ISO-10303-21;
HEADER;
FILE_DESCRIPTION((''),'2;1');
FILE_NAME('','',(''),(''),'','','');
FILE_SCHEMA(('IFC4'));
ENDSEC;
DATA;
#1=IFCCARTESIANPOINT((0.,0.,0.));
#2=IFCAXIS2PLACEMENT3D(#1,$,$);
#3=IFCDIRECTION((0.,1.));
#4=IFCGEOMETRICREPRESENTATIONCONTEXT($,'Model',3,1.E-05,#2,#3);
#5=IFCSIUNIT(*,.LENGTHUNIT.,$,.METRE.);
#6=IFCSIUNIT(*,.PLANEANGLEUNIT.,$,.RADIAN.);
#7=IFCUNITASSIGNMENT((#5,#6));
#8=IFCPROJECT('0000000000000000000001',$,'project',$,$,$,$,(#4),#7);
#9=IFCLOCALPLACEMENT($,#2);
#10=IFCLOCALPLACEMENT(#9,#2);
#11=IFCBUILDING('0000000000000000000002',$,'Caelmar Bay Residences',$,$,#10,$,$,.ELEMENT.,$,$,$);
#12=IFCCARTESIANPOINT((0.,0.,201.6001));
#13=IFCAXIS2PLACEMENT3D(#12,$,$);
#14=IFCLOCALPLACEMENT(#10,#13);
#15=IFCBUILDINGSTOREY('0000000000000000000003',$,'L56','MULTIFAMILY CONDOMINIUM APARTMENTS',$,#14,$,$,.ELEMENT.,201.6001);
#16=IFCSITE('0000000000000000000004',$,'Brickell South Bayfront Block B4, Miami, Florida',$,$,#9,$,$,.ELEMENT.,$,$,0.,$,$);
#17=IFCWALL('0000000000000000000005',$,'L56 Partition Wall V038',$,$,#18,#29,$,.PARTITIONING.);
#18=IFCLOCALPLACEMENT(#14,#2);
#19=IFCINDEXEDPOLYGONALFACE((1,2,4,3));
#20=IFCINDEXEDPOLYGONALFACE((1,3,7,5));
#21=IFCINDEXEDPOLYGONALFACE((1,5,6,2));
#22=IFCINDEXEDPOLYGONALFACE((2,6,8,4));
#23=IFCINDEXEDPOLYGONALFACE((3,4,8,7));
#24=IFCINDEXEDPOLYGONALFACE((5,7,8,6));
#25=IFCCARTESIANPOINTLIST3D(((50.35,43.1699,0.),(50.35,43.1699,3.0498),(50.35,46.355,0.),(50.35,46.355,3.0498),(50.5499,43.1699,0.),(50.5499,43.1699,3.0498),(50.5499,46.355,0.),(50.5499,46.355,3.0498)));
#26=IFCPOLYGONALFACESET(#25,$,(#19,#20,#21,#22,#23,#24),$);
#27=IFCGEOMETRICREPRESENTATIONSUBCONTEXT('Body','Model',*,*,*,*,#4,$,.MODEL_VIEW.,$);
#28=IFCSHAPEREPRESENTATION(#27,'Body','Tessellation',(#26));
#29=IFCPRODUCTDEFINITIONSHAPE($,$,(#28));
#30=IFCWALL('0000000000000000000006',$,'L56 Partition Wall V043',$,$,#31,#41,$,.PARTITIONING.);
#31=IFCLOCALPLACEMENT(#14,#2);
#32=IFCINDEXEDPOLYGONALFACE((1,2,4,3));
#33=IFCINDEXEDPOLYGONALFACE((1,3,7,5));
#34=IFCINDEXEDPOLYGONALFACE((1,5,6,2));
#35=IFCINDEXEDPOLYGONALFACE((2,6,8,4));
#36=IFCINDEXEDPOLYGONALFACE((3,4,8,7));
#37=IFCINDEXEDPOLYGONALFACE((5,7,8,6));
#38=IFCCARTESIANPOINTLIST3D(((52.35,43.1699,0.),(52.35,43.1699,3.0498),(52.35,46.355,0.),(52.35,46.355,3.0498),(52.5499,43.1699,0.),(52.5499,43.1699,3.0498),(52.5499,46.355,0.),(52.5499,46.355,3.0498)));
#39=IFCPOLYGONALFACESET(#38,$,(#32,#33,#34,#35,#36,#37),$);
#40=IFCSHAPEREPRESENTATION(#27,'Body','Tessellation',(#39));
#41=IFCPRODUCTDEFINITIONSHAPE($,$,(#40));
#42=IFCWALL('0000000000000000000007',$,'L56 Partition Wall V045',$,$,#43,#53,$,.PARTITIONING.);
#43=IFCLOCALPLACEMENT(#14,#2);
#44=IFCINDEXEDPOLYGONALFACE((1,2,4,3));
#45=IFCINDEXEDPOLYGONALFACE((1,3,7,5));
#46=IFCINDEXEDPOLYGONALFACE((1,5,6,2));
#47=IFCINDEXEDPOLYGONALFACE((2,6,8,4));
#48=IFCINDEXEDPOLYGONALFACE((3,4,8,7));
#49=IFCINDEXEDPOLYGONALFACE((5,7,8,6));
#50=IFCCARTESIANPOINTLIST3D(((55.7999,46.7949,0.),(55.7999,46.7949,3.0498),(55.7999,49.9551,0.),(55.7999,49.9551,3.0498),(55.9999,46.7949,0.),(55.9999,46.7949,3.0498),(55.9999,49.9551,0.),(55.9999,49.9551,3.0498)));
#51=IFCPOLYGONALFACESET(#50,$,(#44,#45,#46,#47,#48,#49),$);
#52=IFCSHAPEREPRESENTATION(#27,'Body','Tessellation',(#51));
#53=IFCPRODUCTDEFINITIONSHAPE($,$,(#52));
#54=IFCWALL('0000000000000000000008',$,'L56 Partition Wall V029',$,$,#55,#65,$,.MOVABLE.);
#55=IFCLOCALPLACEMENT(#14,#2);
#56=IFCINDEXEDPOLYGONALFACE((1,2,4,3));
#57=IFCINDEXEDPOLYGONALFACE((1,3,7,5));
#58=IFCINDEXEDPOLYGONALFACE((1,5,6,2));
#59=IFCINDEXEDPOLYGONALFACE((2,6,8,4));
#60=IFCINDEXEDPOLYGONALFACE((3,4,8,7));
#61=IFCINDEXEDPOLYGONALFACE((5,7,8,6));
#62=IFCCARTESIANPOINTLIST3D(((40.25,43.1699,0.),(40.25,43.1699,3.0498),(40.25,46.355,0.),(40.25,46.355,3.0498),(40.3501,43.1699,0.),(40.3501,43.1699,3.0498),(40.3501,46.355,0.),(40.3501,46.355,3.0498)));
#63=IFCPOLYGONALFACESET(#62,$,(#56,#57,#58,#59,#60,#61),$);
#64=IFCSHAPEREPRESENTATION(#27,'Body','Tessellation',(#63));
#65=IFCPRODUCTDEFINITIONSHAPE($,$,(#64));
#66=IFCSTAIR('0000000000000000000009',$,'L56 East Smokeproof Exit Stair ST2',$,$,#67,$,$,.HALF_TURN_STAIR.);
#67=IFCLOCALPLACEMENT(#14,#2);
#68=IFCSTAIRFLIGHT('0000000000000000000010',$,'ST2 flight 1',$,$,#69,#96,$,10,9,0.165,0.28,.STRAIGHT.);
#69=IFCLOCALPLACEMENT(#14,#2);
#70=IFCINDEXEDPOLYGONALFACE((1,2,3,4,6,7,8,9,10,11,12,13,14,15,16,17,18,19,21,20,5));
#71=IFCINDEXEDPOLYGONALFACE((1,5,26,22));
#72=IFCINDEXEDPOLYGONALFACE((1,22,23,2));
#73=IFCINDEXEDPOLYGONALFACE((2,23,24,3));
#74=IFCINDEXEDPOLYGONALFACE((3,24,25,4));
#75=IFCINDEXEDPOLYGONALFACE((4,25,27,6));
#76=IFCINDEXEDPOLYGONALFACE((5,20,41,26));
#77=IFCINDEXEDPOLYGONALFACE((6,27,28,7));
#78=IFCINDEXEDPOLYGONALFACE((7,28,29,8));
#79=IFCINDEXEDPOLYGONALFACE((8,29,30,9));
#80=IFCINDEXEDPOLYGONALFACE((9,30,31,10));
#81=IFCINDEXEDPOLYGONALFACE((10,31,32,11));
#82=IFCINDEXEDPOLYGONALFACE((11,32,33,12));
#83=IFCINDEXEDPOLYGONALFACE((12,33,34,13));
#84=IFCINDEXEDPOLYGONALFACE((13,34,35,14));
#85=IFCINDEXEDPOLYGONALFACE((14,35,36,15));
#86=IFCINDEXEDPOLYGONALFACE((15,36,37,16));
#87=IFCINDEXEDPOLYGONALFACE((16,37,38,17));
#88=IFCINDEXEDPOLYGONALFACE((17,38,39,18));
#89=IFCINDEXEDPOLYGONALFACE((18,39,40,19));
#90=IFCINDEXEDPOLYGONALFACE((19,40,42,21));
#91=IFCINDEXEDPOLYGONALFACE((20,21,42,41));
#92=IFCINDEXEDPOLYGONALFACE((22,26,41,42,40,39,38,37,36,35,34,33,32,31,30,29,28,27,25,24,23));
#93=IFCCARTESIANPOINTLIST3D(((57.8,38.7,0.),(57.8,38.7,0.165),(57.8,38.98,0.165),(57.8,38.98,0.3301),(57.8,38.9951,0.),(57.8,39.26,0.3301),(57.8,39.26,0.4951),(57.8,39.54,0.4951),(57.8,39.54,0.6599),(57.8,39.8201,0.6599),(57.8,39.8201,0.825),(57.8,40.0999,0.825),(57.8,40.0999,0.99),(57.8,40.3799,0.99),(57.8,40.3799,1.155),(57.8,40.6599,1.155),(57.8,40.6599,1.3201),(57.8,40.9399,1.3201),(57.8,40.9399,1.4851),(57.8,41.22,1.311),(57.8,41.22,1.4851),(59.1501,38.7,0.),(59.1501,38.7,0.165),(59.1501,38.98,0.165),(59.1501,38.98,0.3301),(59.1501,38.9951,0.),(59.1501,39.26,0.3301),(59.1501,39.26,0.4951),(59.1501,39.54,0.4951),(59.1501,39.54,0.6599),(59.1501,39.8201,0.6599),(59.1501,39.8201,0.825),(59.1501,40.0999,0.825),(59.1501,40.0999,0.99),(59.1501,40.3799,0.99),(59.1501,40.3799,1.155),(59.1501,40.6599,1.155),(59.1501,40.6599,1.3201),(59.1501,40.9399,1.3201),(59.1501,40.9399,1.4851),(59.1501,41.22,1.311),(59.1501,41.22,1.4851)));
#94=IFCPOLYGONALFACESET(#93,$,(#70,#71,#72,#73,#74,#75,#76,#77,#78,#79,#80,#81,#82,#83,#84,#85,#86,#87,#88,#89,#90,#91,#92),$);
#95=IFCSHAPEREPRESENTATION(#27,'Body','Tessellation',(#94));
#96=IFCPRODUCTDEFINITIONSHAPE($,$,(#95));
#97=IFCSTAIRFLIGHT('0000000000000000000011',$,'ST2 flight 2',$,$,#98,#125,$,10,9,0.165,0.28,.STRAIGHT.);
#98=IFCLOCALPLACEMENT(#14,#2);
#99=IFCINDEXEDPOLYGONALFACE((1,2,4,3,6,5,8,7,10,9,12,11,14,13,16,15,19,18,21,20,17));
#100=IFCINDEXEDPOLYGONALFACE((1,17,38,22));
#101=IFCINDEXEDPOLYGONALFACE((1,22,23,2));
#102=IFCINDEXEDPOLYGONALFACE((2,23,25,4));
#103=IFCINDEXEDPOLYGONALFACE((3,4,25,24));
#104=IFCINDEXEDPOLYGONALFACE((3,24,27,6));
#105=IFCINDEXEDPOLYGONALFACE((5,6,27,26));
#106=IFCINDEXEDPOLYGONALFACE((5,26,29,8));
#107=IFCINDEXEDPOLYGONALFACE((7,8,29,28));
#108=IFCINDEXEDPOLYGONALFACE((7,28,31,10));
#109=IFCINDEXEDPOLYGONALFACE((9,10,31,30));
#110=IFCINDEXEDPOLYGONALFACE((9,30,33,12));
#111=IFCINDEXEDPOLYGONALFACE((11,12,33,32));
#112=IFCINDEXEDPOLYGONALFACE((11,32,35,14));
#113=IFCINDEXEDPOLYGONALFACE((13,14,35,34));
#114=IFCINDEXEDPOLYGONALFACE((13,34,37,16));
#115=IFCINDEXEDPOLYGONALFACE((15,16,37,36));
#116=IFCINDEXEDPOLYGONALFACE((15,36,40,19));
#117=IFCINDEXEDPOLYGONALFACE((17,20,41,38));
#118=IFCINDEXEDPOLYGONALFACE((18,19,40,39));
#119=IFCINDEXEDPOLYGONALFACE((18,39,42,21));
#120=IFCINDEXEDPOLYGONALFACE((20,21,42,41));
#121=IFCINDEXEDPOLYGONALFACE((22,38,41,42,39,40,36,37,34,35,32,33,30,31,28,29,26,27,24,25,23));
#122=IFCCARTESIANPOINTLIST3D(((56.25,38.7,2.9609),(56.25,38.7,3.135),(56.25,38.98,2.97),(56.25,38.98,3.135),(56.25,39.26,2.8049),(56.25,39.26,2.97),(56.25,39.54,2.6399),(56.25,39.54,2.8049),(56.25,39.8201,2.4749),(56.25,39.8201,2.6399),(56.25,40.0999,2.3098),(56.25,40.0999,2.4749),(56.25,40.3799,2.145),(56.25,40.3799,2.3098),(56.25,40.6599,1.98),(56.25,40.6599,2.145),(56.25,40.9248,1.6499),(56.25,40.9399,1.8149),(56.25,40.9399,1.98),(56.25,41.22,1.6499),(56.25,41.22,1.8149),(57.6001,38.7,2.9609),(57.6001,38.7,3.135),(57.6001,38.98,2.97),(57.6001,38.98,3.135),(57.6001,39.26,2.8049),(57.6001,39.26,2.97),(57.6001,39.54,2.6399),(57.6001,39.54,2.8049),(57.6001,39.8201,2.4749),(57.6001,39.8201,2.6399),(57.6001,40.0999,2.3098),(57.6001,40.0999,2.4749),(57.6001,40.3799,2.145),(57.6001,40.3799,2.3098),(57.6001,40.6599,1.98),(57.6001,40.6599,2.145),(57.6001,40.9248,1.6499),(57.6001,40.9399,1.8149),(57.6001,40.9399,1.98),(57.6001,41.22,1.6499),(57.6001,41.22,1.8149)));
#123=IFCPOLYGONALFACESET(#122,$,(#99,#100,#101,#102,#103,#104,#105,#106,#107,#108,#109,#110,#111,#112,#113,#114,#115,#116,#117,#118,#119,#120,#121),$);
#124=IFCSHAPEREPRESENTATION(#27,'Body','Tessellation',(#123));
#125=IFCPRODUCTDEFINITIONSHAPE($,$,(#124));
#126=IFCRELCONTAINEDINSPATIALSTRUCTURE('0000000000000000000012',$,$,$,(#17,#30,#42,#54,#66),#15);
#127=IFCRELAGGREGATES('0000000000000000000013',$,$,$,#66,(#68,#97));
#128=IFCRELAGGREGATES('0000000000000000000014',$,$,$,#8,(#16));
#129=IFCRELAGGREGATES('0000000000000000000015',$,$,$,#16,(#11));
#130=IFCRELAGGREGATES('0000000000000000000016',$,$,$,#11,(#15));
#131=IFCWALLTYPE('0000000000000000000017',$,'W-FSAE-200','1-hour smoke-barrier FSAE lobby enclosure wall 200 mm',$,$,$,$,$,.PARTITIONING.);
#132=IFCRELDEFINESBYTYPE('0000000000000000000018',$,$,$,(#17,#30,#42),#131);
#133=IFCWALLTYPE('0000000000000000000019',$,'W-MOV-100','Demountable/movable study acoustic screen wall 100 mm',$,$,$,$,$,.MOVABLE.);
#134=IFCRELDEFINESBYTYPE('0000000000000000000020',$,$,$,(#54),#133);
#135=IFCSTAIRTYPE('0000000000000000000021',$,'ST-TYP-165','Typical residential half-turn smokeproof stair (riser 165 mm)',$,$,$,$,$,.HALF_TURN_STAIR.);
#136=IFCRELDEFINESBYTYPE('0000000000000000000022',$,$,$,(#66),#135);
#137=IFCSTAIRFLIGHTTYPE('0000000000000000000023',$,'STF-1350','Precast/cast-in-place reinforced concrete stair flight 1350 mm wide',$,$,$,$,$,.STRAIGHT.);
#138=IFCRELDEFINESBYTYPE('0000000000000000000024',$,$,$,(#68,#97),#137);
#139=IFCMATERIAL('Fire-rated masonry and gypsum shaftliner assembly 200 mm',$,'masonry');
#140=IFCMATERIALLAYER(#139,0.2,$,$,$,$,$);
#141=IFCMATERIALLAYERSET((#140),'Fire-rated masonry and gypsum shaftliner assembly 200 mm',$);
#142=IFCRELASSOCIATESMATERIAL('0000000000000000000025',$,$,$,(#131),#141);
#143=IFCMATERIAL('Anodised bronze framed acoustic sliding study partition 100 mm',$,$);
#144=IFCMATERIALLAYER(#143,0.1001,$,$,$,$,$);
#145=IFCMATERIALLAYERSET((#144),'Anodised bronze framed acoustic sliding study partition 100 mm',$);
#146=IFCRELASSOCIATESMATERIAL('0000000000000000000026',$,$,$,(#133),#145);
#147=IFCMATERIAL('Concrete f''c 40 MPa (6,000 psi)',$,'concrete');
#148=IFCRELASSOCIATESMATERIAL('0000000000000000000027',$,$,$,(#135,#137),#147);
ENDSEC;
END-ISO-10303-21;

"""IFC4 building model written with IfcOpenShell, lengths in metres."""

from ifc_helpers import new_model, si_unit, direction, frame, frame_2d, origin, place, context, subcontext, project, spatial, polyline, rectangle, outline, extrude, material, layer, layer_set, type_object, element, aggregate, save


model = new_model("IFC4")

# Units and contexts
model_context = context("Model", 3, precision=1e-05, world=origin(), true_north=direction((0.0, 1.0)))
body_context = subcontext(model_context, "Body", "Model", "MODEL_VIEW")
ifc_project = project(units=[si_unit("LENGTHUNIT", "METRE"), si_unit("PLANEANGLEUNIT", "RADIAN")], contexts=[model_context])

# Site, building, storey
site_placement = place(None, origin())
site = spatial("IfcSite", under=ifc_project, at=site_placement, Name="Brickell South Bayfront Block B4, Miami, Florida", CompositionType="ELEMENT", RefElevation=0.0)
building_placement = place(site_placement, origin())
building = spatial("IfcBuilding", under=site, at=building_placement, Name="Caelmar Bay Residences", CompositionType="ELEMENT")
storey_placement = place(building_placement, frame((0.0, 0.0, 201.6001)))
storey = spatial("IfcBuildingStorey", under=building, at=storey_placement, Name="L56", Description="MULTIFAMILY CONDOMINIUM APARTMENTS", CompositionType="ELEMENT", Elevation=201.6001)

# Walls
ifc_material_1 = material(Name="Fire-rated masonry and gypsum shaftliner assembly 200 mm", Category="masonry")
ifc_layer_1 = layer(ifc_material_1, 0.2)
ifc_layer_set_1 = layer_set([ifc_layer_1], Name="Fire-rated masonry and gypsum shaftliner assembly 200 mm")
wall_type_1 = type_object("IfcWallType", Name="W-FSAE-200", Description="1-hour smoke-barrier FSAE lobby enclosure wall 200 mm", PredefinedType="PARTITIONING", material=ifc_layer_set_1)
for number, where, z_axis, x_axis, name in (
    (1, (50.45, 43.1699, 0.0), (0.0, 0.0, 1.0), (0.0, 1.0, 0.0), "L56 Partition Wall V038"),
    (2, (52.45, 43.1699, 0.0), (0.0, 0.0, 1.0), (0.0, 1.0, 0.0), "L56 Partition Wall V043"),
):
    element("IfcWall", number, at=place(storey_placement, frame(where, z_axis=z_axis, x_axis=x_axis)), inside=storey, type_object=wall_type_1, Name=name, PredefinedType="PARTITIONING", context=body_context, shape_type="SweptSolid", body=[
        extrude(rectangle(XDim=3.1851, YDim=0.2, at=frame_2d((1.5925, 0.0))), origin(), (0.0, 0.0, 1.0), 3.0498),
    ])
wall_1_placement = place(storey_placement, frame((55.8999, 46.7949, 0.0), z_axis=(0.0, 0.0, 1.0), x_axis=(0.0, 1.0, 0.0)))
element("IfcWall", 3, at=wall_1_placement, inside=storey, type_object=wall_type_1, Name="L56 Partition Wall V045", PredefinedType="PARTITIONING", context=body_context, shape_type="SweptSolid", body=[
    extrude(rectangle(XDim=3.1602, YDim=0.2, at=frame_2d((1.5801, 0.0))), origin(), (0.0, 0.0, 1.0), 3.0498),
])
ifc_material_2 = material(Name="Anodised bronze framed acoustic sliding study partition 100 mm")
ifc_layer_2 = layer(ifc_material_2, 0.1001)
ifc_layer_set_2 = layer_set([ifc_layer_2], Name="Anodised bronze framed acoustic sliding study partition 100 mm")
wall_type_2 = type_object("IfcWallType", Name="W-MOV-100", Description="Demountable/movable study acoustic screen wall 100 mm", PredefinedType="MOVABLE", material=ifc_layer_set_2)
wall_2_placement = place(storey_placement, frame((40.3, 43.1699, 0.0), z_axis=(0.0, 0.0, 1.0), x_axis=(0.0, 1.0, 0.0)))
element("IfcWall", 4, at=wall_2_placement, inside=storey, type_object=wall_type_2, Name="L56 Partition Wall V029", PredefinedType="MOVABLE", context=body_context, shape_type="SweptSolid", body=[
    extrude(rectangle(XDim=3.1851, YDim=0.1001, at=frame_2d((1.5925, 0.0))), origin(), (0.0, 0.0, 1.0), 3.0498),
])

# Stair, stair flights
ifc_material_3 = material(Name="Concrete f'c 40 MPa (6,000 psi)", Category="concrete")
stair_type = type_object("IfcStairType", Name="ST-TYP-165", Description="Typical residential half-turn smokeproof stair (riser 165 mm)", PredefinedType="HALF_TURN_STAIR", material=ifc_material_3)
stair_placement = place(storey_placement, origin())
stair = element("IfcStair", 5, at=stair_placement, inside=storey, type_object=stair_type, Name="L56 East Smokeproof Exit Stair ST2", PredefinedType="HALF_TURN_STAIR")
stair_flight_type = type_object("IfcStairFlightType", Name="STF-1350", Description="Precast/cast-in-place reinforced concrete stair flight 1350 mm wide", PredefinedType="STRAIGHT", material=ifc_material_3)
stair_flight_1_placement = place(storey_placement, frame((58.4751, 38.7, 0.0), z_axis=(0.0, 0.0, 1.0), x_axis=(0.0, 1.0, 0.0)))
stair_flight_1 = element("IfcStairFlight", 6, at=stair_flight_1_placement, type_object=stair_flight_type, Name="ST2 flight 1", NumberOfRisers=10, NumberOfTreads=9, PredefinedType="STRAIGHT", RiserHeight=0.165, TreadLength=0.28, context=body_context, shape_type="SweptSolid", body=[
    extrude(outline(polyline([(0.0, 0.0), (0.0, 0.165), (0.28, 0.165), (0.28, 0.3301), (0.5601, 0.3301), (0.5601, 0.4951), (0.8401, 0.4951), (0.8401, 0.6599), (1.1201, 0.6599), (1.1201, 0.825), (1.3999, 0.825), (1.3999, 0.99), (1.6799, 0.99), (1.6799, 1.155), (1.96, 1.155), (1.96, 1.3201), (2.24, 1.3201), (2.24, 1.4851), (2.52, 1.4851), (2.52, 1.6499), (2.52, 1.311), (0.2952, 0.0), (0.0, 0.0)])), frame((0.0, 0.675, 0.0), z_axis=(0.0, -1.0, 0.0), x_axis=(1.0, 0.0, 0.0)), (0.0, 0.0, 1.0), 1.3501),
])
stair_flight_2_placement = place(storey_placement, frame((56.925, 41.22, 1.6499), z_axis=(0.0, 0.0, 1.0), x_axis=(0.0, -1.0, 0.0)))
stair_flight_2 = element("IfcStairFlight", 7, at=stair_flight_2_placement, type_object=stair_flight_type, Name="ST2 flight 2", NumberOfRisers=10, NumberOfTreads=9, PredefinedType="STRAIGHT", RiserHeight=0.165, TreadLength=0.28, context=body_context, shape_type="SweptSolid", body=[
    extrude(outline(polyline([(0.0, 0.0), (0.0, 0.165), (0.28, 0.165), (0.28, 0.3301), (0.5601, 0.3301), (0.5601, 0.4951), (0.8401, 0.4951), (0.8401, 0.6599), (1.1201, 0.6599), (1.1201, 0.825), (1.3999, 0.825), (1.3999, 0.99), (1.6799, 0.99), (1.6799, 1.155), (1.96, 1.155), (1.96, 1.3201), (2.24, 1.3201), (2.24, 1.4851), (2.52, 1.4851), (2.52, 1.6499), (2.52, 1.311), (0.2952, 0.0), (0.0, 0.0)])), frame((0.0, 0.675, 0.0), z_axis=(0.0, -1.0, 0.0), x_axis=(1.0, 0.0, 0.0)), (0.0, 0.0, 1.0), 1.3501),
])
aggregate(stair, [stair_flight_1, stair_flight_2])

save(model, "model.ifc")
